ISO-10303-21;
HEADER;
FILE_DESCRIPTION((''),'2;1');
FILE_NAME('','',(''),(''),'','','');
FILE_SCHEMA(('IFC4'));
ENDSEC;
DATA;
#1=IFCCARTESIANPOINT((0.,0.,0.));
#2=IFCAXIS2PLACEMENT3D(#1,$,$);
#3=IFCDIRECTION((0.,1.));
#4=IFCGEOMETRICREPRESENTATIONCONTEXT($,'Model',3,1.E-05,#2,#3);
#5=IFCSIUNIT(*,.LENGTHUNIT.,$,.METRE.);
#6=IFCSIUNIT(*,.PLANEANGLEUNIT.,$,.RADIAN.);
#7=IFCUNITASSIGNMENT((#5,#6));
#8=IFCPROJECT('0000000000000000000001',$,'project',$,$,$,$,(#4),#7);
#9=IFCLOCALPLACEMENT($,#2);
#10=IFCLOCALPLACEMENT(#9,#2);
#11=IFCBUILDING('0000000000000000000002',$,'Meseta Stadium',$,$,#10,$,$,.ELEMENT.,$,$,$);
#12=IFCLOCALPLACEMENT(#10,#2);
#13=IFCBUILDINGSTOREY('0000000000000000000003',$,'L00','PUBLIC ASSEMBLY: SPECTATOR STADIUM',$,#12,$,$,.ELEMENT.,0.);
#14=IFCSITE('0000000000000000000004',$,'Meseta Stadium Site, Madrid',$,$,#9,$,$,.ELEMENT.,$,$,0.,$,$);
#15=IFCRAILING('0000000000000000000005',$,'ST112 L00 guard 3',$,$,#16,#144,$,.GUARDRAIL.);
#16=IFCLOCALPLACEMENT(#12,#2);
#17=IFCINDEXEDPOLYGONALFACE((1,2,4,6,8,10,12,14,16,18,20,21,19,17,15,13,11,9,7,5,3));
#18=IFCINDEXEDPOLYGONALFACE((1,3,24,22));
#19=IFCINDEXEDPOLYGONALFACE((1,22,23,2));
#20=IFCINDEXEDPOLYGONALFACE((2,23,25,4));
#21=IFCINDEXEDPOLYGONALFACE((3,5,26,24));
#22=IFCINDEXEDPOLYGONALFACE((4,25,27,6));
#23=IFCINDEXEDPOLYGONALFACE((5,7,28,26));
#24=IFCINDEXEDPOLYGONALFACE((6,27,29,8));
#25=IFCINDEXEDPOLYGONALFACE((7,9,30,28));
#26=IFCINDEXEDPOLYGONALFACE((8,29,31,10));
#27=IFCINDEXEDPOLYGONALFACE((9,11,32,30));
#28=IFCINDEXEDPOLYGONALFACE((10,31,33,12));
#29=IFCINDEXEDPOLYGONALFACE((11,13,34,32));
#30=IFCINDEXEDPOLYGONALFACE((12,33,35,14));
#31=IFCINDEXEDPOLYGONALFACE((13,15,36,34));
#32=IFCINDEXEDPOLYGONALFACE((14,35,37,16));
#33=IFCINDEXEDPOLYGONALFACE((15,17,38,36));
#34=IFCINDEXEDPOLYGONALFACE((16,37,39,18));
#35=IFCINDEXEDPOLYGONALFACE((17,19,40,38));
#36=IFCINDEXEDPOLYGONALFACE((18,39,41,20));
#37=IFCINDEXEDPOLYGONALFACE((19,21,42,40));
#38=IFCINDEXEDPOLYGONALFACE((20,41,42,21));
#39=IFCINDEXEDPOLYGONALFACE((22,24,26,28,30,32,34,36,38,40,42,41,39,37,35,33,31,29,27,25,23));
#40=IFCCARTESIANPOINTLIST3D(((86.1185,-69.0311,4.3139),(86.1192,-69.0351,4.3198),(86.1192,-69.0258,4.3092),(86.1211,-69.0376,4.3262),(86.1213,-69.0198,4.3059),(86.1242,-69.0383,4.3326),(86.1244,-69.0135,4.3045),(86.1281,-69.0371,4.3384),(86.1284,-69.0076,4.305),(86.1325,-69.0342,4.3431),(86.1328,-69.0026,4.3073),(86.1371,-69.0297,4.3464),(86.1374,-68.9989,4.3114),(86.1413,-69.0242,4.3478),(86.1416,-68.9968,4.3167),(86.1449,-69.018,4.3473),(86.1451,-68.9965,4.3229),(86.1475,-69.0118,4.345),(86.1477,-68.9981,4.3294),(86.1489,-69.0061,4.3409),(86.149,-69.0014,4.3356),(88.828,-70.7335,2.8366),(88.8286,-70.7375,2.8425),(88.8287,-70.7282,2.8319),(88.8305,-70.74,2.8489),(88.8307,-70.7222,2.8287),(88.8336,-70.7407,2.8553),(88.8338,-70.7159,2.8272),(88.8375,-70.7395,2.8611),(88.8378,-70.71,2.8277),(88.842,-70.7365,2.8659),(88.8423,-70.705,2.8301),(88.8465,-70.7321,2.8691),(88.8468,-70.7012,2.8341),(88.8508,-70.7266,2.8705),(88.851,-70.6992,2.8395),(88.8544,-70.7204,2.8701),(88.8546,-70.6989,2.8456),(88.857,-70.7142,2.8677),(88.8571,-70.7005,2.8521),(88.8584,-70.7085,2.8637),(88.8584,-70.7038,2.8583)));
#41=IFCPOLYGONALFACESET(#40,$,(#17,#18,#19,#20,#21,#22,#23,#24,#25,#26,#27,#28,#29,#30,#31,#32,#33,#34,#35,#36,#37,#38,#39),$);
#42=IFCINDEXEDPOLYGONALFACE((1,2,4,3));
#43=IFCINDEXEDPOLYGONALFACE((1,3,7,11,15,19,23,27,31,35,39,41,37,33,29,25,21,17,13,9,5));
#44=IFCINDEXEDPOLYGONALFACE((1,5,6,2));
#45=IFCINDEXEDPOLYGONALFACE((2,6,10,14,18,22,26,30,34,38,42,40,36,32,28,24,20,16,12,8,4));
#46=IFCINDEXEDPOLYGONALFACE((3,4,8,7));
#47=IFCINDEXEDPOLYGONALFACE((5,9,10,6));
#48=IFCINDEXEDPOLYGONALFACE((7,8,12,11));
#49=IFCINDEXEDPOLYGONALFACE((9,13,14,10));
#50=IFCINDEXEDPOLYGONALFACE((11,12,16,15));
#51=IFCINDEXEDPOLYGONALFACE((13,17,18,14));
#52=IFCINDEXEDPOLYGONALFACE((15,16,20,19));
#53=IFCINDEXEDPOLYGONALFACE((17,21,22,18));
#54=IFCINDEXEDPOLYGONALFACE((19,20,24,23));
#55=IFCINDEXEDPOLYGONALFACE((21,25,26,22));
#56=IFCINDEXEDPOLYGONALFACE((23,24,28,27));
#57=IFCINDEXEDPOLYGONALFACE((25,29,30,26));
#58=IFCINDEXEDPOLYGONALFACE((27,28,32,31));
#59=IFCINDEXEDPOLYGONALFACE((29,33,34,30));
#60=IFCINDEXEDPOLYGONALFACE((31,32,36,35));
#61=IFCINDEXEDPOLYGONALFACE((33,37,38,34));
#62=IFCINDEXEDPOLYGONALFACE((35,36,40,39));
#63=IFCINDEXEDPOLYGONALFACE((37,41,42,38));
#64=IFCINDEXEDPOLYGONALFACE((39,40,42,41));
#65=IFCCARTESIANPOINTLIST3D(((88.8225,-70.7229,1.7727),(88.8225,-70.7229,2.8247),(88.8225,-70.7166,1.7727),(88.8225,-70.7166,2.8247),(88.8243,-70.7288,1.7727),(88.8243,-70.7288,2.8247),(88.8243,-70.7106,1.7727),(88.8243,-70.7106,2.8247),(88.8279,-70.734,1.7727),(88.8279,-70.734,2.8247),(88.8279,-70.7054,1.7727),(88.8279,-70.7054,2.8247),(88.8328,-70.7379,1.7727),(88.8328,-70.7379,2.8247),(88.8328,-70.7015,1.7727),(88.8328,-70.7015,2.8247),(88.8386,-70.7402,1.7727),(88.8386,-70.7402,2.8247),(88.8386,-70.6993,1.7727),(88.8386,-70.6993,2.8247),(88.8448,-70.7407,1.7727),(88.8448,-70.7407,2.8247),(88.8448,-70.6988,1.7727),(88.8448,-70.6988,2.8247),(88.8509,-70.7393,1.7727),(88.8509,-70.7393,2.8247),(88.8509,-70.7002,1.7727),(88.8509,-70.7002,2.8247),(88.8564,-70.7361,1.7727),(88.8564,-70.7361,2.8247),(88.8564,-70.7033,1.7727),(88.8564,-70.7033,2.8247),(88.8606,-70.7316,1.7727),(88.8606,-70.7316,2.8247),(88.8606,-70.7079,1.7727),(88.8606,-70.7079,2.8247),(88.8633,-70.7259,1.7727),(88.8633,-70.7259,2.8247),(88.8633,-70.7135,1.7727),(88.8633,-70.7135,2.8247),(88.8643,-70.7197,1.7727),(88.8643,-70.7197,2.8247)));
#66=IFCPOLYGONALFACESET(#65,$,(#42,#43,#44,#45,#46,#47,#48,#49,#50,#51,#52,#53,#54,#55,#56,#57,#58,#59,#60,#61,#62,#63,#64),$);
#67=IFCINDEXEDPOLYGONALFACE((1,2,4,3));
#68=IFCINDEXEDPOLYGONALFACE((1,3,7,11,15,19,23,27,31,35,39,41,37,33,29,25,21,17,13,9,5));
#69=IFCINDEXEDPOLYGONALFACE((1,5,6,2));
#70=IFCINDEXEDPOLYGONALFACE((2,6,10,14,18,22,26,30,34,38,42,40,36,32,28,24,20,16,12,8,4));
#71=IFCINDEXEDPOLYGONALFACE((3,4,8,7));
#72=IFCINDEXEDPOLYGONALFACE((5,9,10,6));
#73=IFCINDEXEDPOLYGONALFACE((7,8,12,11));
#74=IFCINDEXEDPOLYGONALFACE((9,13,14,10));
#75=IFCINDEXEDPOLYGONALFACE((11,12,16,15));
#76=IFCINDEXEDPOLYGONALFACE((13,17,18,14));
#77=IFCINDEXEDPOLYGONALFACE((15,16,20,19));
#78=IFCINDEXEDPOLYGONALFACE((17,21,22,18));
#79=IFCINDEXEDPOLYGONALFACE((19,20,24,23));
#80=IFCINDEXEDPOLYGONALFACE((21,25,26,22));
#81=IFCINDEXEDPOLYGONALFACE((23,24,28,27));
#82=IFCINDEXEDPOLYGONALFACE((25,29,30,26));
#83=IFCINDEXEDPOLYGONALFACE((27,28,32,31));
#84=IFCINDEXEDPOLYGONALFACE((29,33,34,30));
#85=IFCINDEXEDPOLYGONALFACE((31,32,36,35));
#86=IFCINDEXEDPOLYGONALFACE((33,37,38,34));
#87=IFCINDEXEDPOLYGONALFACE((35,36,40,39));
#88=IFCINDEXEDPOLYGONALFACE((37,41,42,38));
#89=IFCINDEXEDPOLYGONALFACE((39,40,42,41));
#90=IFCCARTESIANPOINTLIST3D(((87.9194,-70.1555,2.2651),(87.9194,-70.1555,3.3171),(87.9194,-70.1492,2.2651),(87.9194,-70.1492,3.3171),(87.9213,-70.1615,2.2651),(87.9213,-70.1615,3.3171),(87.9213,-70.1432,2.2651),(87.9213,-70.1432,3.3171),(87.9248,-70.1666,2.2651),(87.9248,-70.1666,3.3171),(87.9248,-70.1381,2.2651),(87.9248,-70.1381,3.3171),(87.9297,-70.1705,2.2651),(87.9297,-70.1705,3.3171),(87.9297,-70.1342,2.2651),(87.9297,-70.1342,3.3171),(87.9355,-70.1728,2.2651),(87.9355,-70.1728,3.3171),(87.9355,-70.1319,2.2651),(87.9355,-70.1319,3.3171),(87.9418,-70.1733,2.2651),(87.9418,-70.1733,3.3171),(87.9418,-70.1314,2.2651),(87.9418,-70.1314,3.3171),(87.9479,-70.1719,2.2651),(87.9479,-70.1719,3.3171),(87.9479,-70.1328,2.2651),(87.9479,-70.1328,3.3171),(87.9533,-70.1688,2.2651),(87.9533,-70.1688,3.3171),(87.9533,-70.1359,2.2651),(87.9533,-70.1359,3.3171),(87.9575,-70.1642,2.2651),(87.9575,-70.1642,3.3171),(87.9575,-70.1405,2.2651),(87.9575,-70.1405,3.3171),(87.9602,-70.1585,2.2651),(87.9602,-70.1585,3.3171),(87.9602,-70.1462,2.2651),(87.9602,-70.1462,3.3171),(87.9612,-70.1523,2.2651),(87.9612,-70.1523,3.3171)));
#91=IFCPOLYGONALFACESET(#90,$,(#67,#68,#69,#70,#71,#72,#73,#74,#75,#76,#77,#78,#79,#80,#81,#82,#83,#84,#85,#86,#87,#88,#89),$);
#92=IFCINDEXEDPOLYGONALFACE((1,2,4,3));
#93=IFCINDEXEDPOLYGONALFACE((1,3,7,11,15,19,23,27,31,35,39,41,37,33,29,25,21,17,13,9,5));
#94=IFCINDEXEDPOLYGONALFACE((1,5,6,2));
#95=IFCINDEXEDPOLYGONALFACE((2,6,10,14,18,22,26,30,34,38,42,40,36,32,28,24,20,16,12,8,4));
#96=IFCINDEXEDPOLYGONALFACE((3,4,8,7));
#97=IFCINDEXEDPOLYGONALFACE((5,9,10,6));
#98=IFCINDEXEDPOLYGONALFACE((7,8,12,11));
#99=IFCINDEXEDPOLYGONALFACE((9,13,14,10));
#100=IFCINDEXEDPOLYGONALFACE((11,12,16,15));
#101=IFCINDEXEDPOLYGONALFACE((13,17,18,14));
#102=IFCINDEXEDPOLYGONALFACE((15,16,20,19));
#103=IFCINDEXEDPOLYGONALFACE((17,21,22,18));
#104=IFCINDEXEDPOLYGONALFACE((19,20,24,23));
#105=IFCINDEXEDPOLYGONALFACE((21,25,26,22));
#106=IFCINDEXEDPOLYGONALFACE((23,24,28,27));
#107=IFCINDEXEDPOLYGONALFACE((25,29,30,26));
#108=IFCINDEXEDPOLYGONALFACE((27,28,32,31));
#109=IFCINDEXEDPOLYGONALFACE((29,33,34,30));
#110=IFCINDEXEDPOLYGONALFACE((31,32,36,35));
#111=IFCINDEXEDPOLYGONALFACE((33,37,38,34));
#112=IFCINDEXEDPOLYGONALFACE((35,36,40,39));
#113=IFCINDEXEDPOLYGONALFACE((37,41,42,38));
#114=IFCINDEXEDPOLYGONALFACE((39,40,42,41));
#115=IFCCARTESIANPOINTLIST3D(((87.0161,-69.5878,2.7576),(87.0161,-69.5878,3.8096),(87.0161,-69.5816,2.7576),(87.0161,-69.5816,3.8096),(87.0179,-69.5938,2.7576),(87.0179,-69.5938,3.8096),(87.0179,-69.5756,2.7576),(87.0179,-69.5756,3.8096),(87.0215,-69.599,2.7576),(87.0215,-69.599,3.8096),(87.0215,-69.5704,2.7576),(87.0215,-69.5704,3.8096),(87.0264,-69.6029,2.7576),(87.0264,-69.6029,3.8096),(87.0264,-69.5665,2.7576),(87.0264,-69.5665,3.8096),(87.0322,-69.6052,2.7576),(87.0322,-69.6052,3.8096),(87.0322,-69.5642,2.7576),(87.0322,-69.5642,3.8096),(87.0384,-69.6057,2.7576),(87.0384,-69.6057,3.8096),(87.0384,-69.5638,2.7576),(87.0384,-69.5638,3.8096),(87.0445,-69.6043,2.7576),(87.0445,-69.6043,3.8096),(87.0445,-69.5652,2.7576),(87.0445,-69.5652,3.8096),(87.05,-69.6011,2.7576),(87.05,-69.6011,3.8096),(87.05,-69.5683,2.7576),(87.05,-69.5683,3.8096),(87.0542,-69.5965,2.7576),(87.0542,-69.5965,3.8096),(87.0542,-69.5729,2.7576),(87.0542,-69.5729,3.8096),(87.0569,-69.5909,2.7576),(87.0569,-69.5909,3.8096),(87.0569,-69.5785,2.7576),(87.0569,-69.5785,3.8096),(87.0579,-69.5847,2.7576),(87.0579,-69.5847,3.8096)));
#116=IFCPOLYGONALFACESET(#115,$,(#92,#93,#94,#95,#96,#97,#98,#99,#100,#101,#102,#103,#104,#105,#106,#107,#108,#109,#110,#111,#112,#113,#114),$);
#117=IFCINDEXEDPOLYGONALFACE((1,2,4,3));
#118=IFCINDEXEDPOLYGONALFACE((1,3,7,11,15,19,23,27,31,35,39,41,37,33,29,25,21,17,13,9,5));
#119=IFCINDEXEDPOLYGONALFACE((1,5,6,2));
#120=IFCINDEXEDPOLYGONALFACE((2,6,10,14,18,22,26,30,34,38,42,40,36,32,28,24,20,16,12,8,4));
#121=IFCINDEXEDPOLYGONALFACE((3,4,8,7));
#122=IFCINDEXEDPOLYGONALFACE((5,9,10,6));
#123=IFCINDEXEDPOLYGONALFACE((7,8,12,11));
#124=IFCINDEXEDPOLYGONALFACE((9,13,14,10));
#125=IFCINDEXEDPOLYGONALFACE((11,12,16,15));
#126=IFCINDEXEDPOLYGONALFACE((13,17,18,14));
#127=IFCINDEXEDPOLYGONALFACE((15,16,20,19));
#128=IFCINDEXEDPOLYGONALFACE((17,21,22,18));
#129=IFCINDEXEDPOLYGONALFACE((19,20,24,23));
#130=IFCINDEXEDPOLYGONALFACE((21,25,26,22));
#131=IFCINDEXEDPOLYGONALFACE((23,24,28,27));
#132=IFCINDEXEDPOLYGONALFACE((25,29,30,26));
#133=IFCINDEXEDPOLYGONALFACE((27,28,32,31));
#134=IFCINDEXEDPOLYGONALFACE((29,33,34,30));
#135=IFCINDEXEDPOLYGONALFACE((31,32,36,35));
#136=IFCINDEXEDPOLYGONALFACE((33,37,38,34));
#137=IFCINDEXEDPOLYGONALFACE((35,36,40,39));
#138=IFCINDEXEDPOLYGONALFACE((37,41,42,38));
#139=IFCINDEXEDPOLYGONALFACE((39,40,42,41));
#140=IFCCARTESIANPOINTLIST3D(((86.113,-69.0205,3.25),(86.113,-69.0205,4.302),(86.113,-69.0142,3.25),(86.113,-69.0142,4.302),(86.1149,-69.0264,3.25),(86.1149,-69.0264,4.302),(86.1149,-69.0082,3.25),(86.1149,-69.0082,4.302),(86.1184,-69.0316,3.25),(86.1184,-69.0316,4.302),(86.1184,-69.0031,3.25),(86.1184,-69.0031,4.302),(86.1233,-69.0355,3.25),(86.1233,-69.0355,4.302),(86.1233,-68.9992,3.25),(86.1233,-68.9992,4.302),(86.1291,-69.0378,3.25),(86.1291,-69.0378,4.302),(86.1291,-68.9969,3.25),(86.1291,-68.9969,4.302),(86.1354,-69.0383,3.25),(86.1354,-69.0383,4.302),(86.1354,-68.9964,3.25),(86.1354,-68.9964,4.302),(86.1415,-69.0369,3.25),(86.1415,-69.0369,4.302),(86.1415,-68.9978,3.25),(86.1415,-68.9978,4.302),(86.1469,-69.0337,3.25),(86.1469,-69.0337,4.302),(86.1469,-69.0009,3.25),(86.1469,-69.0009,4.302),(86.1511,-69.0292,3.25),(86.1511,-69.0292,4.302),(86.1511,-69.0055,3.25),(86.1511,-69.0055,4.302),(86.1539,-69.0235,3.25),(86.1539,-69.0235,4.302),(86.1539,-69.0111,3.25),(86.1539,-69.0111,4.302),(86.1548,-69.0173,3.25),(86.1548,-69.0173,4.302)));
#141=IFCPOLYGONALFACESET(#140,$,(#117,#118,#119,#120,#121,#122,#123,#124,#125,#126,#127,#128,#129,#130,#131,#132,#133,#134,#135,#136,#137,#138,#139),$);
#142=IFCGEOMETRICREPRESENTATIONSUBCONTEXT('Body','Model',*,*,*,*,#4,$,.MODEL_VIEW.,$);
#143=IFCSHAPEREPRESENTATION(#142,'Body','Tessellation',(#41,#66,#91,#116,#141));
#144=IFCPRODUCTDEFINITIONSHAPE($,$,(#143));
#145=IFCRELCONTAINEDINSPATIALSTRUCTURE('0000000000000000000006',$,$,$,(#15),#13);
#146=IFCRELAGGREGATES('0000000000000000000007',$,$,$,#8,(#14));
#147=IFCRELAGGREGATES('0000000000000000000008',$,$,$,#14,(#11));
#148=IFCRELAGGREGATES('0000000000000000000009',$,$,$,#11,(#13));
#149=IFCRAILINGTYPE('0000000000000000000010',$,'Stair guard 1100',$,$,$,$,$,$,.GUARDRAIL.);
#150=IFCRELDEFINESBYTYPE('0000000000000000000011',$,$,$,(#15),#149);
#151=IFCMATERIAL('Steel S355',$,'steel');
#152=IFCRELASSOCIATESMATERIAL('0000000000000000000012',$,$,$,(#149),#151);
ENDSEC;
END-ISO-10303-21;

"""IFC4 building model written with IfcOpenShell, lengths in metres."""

from ifc_helpers import new_model, si_unit, direction, frame, origin, origin_2d, place, context, subcontext, project, spatial, circle, extrude, material, type_object, element, save


model = new_model("IFC4")

# Units and contexts
model_context = context("Model", 3, precision=1e-05, world=origin(), true_north=direction((0.0, 1.0)))
body_context = subcontext(model_context, "Body", "Model", "MODEL_VIEW")
ifc_project = project(units=[si_unit("LENGTHUNIT", "METRE"), si_unit("PLANEANGLEUNIT", "RADIAN")], contexts=[model_context])

# Site, building, storey
site_placement = place(None, origin())
site = spatial("IfcSite", under=ifc_project, at=site_placement, Name="Meseta Stadium Site, Madrid", CompositionType="ELEMENT", RefElevation=0.0)
building_placement = place(site_placement, origin())
building = spatial("IfcBuilding", under=site, at=building_placement, Name="Meseta Stadium", CompositionType="ELEMENT")
storey_placement = place(building_placement, origin())
storey = spatial("IfcBuildingStorey", under=building, at=storey_placement, Name="L00", Description="PUBLIC ASSEMBLY: SPECTATOR STADIUM", CompositionType="ELEMENT", Elevation=0.0)

# Railing
ifc_material_1 = material(Name="Steel S355", Category="steel")
railing_type_1 = type_object("IfcRailingType", Name="Stair guard 1100", PredefinedType="GUARDRAIL", material=ifc_material_1)
railing_1_placement = place(storey_placement, frame((88.8433, -70.7197, 1.7727)))
element("IfcRailing", 1, at=railing_1_placement, inside=storey, type_object=railing_type_1, Name="ST112 L00 guard 3", PredefinedType="GUARDRAIL", context=body_context, shape_type="SweptSolid", body=[
    extrude(circle(Radius=0.0239, at=origin_2d()), frame((0.0, 0.0, 1.0762), z_axis=(-0.768764, 0.483023, 0.419156), x_axis=(-0.532014, -0.846736, 0.0)), (0.0, 0.0, 1.0), 3.5244),
    extrude(circle(Radius=0.021, at=origin_2d()), origin(), (0.0, 0.0, 1.0), 1.052),
    extrude(circle(Radius=0.021, at=origin_2d()), frame((-0.9031, 0.5674, 0.4924)), (0.0, 0.0, 1.0), 1.052),
    extrude(circle(Radius=0.021, at=origin_2d()), frame((-1.8064, 1.135, 0.9849)), (0.0, 0.0, 1.0), 1.052),
    extrude(circle(Radius=0.021, at=origin_2d()), frame((-2.7095, 1.7024, 1.4773)), (0.0, 0.0, 1.0), 1.052),
])

save(model, "model.ifc")
